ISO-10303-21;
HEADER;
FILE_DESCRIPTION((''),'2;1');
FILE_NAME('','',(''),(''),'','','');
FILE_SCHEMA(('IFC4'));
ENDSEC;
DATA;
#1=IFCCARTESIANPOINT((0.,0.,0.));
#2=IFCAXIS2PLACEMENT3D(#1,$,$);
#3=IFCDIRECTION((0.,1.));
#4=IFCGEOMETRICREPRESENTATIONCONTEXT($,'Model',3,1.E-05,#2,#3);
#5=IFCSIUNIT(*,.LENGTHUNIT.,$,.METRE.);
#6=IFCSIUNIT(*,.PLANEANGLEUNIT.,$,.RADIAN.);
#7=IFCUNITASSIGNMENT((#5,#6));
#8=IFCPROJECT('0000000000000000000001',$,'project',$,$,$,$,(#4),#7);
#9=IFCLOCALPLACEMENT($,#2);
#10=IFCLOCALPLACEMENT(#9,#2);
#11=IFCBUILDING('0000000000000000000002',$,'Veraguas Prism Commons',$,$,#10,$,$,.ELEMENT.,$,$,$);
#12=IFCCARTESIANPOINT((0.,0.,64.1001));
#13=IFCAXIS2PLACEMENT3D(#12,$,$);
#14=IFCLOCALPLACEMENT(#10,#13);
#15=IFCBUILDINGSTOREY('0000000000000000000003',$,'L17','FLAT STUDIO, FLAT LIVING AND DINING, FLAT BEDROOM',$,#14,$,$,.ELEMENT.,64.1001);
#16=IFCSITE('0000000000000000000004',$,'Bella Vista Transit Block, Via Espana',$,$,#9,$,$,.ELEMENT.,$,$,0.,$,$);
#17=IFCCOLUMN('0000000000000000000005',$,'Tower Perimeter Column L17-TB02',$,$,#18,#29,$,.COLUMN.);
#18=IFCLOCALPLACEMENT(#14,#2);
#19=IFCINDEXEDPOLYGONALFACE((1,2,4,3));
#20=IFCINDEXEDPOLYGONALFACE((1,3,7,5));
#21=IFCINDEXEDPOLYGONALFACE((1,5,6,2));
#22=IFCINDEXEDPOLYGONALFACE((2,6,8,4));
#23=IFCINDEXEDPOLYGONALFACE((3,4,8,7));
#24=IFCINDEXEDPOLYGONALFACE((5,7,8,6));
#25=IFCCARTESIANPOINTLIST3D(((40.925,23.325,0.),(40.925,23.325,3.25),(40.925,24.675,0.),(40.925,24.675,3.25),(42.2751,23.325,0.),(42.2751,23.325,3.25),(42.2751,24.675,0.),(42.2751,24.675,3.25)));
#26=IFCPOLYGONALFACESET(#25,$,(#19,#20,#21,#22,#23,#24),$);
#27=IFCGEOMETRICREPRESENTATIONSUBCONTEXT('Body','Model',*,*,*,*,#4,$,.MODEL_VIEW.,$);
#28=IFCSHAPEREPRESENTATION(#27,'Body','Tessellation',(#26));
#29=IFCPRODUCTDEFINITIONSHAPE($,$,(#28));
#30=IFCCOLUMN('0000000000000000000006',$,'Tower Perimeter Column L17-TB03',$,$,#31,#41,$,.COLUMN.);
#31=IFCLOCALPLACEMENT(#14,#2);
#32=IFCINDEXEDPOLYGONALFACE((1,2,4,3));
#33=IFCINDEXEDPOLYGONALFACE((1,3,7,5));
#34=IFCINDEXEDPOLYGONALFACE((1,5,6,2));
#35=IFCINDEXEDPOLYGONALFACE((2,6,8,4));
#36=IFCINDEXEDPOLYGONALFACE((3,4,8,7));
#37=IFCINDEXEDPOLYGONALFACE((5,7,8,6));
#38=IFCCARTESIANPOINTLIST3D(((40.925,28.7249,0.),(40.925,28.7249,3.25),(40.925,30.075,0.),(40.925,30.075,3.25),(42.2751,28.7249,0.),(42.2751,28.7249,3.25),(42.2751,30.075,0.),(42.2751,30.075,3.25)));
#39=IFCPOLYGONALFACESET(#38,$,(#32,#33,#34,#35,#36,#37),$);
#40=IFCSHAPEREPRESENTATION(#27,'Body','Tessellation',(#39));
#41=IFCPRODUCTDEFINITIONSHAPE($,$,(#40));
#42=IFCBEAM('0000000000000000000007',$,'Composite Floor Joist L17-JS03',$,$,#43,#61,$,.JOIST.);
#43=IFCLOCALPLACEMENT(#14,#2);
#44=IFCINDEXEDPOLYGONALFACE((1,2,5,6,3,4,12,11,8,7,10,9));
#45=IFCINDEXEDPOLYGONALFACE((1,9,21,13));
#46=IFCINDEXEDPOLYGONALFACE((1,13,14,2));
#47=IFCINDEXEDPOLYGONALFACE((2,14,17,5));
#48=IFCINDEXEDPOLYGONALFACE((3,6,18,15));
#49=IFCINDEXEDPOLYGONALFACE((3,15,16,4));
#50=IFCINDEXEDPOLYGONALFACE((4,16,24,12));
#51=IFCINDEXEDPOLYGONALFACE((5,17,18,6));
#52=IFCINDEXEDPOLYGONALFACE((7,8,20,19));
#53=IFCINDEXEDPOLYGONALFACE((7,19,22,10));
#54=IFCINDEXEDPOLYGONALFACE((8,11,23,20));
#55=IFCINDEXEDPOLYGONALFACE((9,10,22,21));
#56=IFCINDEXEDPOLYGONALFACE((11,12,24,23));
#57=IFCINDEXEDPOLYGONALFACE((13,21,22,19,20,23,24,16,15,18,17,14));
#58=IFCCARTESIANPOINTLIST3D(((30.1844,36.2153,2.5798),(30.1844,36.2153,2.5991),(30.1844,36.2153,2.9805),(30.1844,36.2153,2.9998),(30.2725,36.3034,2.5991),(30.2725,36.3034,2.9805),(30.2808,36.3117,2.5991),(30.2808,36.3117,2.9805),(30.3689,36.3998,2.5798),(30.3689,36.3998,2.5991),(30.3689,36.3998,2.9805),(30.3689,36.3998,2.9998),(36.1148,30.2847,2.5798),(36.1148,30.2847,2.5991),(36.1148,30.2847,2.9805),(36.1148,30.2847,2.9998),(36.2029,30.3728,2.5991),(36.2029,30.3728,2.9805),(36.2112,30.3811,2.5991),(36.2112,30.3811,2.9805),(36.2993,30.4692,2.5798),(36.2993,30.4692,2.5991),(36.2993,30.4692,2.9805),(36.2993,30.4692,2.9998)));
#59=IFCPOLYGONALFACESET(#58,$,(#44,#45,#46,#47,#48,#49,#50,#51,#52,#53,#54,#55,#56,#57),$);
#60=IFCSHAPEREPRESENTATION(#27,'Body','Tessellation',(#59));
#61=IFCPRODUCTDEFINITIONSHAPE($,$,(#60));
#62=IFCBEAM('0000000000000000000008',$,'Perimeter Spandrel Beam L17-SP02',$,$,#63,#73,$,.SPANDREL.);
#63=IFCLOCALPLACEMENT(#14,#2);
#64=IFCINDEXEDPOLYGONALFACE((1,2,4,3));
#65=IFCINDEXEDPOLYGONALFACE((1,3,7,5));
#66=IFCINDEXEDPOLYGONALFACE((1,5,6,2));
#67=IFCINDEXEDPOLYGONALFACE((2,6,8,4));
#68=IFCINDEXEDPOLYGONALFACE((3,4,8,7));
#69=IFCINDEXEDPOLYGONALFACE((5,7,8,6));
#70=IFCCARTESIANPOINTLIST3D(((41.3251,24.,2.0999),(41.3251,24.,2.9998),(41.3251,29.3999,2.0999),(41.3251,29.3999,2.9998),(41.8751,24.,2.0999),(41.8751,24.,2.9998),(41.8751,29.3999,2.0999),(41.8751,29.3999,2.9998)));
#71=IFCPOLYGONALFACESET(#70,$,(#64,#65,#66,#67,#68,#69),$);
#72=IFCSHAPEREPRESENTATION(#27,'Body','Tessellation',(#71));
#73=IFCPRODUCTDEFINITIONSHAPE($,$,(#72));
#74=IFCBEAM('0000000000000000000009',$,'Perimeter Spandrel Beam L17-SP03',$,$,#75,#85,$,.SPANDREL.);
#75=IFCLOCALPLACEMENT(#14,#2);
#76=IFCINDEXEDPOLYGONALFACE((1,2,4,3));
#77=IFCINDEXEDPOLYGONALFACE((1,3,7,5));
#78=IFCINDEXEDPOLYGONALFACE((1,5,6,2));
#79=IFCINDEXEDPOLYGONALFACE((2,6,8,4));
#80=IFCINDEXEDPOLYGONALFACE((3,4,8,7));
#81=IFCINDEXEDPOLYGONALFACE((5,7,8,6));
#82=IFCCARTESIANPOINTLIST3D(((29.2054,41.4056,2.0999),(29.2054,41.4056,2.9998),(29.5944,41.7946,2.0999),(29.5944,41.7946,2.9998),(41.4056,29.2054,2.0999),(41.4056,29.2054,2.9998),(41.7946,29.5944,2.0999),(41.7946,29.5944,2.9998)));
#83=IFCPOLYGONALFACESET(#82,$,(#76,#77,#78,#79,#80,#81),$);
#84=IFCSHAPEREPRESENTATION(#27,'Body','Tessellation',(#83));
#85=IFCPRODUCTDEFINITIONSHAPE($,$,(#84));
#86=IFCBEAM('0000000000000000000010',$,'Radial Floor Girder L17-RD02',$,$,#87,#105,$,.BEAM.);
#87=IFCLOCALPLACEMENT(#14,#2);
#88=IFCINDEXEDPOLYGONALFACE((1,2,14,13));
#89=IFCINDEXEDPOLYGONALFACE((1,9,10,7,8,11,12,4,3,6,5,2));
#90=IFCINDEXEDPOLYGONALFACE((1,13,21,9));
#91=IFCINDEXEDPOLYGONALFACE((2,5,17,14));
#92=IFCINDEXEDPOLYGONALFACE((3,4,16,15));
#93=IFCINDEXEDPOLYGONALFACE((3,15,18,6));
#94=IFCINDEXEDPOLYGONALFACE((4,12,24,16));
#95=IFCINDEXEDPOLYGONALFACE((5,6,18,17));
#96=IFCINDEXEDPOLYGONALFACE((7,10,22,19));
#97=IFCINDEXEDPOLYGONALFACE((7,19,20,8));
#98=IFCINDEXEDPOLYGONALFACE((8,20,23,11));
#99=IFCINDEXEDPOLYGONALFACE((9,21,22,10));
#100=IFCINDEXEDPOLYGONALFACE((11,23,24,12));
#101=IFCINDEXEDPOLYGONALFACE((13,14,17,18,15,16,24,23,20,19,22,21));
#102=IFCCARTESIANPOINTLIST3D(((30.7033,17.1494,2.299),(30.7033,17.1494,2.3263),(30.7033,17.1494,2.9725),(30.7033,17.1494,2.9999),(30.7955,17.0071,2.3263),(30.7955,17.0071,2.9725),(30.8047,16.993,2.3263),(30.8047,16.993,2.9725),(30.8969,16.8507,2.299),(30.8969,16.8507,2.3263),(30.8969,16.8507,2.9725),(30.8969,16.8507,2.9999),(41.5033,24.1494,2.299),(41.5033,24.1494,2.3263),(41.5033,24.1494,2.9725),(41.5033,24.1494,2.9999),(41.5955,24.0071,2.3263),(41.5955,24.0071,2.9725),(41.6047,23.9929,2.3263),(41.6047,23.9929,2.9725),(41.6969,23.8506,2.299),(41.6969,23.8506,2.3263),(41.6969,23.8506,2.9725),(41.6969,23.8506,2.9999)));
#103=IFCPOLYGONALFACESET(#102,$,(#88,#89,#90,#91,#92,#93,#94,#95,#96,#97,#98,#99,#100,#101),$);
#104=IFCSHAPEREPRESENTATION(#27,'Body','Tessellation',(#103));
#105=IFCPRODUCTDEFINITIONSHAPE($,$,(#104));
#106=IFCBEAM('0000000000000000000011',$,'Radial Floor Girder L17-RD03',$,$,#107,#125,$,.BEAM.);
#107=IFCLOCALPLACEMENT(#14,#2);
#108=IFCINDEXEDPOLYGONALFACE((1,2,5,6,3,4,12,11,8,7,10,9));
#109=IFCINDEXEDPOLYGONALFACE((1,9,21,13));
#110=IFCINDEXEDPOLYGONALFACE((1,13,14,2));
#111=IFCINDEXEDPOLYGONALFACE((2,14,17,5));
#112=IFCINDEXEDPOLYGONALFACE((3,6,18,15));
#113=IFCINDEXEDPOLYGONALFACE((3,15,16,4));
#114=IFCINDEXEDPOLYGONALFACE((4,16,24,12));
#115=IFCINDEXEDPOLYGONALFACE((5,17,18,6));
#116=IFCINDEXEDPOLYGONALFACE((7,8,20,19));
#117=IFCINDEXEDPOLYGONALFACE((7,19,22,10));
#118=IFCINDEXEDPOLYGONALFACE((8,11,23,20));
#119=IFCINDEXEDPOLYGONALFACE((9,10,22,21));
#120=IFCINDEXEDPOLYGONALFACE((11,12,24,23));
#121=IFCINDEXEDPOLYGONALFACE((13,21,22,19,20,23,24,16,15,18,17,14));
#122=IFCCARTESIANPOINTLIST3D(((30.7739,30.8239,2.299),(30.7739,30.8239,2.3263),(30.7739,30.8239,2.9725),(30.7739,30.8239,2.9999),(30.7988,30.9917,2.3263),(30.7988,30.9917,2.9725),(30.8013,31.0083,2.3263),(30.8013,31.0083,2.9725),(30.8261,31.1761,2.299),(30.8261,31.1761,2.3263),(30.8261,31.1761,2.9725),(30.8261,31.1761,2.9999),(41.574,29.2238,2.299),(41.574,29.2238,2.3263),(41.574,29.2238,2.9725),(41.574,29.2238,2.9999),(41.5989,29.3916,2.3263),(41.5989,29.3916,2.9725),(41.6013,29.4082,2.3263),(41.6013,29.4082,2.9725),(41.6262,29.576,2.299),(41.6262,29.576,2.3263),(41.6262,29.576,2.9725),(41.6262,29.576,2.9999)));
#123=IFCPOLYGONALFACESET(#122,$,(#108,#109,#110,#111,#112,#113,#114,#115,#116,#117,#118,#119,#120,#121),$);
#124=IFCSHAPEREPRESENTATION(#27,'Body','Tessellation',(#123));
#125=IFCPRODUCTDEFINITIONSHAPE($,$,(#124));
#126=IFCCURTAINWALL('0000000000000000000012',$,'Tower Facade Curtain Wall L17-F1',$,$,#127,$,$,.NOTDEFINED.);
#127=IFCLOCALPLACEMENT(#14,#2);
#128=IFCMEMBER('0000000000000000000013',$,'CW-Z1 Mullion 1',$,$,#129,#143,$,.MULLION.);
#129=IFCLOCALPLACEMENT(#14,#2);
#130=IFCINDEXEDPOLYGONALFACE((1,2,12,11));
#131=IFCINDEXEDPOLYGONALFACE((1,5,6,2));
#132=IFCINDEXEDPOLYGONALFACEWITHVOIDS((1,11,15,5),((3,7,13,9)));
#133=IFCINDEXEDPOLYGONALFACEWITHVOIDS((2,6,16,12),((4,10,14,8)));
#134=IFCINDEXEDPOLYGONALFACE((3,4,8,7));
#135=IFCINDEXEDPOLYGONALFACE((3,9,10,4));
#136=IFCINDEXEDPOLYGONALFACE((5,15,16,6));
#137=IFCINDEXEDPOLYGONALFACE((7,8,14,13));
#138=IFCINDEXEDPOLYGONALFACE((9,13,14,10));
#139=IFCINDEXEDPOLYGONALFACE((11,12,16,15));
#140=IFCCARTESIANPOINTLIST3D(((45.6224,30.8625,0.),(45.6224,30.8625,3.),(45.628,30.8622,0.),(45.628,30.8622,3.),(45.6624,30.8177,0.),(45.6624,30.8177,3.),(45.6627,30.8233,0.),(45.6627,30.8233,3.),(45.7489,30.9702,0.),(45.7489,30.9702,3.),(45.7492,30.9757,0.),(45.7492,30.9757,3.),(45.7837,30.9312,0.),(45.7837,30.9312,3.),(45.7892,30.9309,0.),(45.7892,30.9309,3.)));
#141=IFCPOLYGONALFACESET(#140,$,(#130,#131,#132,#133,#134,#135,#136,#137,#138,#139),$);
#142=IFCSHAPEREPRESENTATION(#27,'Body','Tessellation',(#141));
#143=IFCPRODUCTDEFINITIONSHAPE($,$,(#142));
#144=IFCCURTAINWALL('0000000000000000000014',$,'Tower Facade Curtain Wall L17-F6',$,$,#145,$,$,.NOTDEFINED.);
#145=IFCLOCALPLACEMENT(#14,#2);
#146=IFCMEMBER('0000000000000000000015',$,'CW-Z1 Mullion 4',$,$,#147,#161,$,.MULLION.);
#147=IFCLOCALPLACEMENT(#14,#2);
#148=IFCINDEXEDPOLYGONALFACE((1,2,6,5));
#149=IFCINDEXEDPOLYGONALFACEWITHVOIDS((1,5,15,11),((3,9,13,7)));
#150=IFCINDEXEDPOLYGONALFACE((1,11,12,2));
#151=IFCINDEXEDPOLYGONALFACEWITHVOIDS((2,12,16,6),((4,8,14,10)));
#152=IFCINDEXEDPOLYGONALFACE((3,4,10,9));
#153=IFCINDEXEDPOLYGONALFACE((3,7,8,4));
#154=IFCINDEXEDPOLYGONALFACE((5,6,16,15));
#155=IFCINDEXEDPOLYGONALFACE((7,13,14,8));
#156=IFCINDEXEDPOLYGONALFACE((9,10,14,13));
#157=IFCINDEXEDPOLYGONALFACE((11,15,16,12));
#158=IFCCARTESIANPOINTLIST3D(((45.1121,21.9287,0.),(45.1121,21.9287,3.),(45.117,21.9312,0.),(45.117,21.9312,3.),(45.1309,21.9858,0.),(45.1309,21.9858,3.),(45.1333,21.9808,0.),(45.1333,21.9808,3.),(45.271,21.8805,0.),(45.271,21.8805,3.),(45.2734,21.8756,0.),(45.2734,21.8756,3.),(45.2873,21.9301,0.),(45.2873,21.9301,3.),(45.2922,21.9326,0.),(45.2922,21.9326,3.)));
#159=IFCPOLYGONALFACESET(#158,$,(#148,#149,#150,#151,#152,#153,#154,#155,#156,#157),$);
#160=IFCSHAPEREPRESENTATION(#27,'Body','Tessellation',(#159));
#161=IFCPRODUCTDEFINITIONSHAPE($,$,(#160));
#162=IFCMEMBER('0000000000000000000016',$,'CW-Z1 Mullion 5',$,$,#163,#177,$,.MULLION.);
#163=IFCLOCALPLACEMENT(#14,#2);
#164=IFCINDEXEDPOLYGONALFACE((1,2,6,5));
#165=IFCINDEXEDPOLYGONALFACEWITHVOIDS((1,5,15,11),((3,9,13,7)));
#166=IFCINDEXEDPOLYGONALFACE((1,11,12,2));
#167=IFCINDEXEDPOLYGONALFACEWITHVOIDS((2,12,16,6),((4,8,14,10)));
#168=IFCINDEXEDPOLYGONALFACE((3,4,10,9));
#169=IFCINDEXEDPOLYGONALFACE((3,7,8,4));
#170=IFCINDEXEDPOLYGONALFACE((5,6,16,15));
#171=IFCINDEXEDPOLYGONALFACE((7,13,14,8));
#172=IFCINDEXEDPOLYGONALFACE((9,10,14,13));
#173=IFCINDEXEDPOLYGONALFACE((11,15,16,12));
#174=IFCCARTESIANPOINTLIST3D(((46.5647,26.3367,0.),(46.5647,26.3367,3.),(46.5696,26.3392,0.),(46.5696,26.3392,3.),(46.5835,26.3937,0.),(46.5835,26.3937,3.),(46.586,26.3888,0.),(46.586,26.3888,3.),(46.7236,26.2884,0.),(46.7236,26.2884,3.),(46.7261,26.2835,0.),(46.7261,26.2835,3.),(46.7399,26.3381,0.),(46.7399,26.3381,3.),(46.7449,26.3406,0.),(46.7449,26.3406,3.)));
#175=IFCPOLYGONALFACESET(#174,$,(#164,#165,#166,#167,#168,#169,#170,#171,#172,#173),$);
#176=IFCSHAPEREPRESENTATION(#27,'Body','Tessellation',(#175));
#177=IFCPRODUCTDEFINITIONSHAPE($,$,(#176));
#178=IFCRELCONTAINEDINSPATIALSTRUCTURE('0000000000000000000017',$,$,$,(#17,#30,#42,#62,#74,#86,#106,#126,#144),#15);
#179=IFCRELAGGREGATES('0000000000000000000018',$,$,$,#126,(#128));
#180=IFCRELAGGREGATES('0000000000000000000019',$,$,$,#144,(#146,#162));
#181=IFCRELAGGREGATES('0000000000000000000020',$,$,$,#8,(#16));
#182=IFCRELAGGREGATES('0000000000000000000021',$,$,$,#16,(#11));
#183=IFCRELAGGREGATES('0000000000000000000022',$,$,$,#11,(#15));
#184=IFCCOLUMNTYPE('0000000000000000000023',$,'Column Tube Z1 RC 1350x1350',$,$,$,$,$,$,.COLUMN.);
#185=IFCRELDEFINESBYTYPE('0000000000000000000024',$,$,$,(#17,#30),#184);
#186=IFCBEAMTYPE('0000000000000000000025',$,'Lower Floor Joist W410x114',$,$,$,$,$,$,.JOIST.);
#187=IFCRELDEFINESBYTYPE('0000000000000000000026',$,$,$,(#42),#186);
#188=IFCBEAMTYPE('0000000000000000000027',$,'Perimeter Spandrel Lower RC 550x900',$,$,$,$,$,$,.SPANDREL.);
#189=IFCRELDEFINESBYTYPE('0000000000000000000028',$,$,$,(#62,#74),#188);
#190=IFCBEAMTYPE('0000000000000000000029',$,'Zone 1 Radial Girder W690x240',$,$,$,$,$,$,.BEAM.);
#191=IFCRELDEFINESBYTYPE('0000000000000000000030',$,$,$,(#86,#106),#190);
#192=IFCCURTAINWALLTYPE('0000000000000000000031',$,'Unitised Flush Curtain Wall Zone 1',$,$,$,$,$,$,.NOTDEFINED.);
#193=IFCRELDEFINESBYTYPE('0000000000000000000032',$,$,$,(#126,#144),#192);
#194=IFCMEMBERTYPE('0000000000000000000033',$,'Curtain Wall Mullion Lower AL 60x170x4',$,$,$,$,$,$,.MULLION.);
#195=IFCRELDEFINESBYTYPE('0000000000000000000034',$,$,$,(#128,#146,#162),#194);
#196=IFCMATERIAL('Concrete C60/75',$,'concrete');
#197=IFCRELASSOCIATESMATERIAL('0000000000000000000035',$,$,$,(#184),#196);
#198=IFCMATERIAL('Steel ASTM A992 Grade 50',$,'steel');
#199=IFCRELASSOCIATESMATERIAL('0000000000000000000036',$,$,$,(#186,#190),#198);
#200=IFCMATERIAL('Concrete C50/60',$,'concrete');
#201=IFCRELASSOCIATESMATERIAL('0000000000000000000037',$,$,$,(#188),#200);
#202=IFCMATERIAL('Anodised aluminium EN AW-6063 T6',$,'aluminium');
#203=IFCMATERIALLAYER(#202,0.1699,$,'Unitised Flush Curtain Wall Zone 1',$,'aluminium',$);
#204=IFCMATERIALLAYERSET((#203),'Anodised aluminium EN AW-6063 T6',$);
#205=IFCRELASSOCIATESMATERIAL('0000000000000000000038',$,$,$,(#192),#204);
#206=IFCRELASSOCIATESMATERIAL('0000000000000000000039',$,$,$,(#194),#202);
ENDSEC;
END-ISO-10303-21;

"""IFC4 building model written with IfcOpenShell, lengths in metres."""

from ifc_helpers import new_model, si_unit, direction, frame, origin, origin_2d, place, context, subcontext, project, spatial, rectangle, hollow_rectangle, i_section, extrude, source, transform, mapped, material, layer, layer_set, material_profile, profile_set, type_object, element, aggregate, save


model = new_model("IFC4")

# Units and contexts
model_context = context("Model", 3, precision=1e-05, world=origin(), true_north=direction((0.0, 1.0)))
body_context = subcontext(model_context, "Body", "Model", "MODEL_VIEW")
ifc_project = project(units=[si_unit("LENGTHUNIT", "METRE"), si_unit("PLANEANGLEUNIT", "RADIAN")], contexts=[model_context])

# Site, building, storey
site_placement = place(None, origin())
site = spatial("IfcSite", under=ifc_project, at=site_placement, Name="Bella Vista Transit Block, Via Espana", CompositionType="ELEMENT", RefElevation=0.0)
building_placement = place(site_placement, origin())
building = spatial("IfcBuilding", under=site, at=building_placement, Name="Veraguas Prism Commons", CompositionType="ELEMENT")
storey_placement = place(building_placement, frame((0.0, 0.0, 64.1001)))
storey = spatial("IfcBuildingStorey", under=building, at=storey_placement, Name="L17", Description="FLAT STUDIO, FLAT LIVING AND DINING, FLAT BEDROOM", CompositionType="ELEMENT", Elevation=64.1001)

# Columns
ifc_material_1 = material(Name="Concrete C60/75", Category="concrete")
ifc_material_profile_1 = material_profile(ifc_material_1, rectangle(XDim=1.3501, YDim=1.3501, at=origin_2d()), Name="RC1350X1350")
ifc_profile_set_1 = profile_set([ifc_material_profile_1], Name="Concrete C60/75")
column_type = type_object("IfcColumnType", Name="Column Tube Z1 RC 1350x1350", PredefinedType="COLUMN", material=ifc_profile_set_1)
for number, where, z_axis, x_axis, name in (
    (1, (41.6001, 24.0, 0.0), (0.0, 0.0, 1.0), (1.0, 0.0, 0.0), "Tower Perimeter Column L17-TB02"),
    (2, (41.6001, 29.3999, 0.0), (0.0, 0.0, 1.0), (1.0, 0.0, 0.0), "Tower Perimeter Column L17-TB03"),
):
    element("IfcColumn", number, at=place(storey_placement, frame(where, z_axis=z_axis, x_axis=x_axis)), inside=storey, type_object=column_type, Name=name, PredefinedType="COLUMN", context=body_context, shape_type="SweptSolid", body=[
        extrude(rectangle(XDim=1.3501, YDim=1.3501, at=origin_2d()), origin(), (0.0, 0.0, 1.0), 3.25),
    ])

# Beams
ifc_material_2 = material(Name="Steel ASTM A992 Grade 50", Category="steel")
ifc_material_profile_2 = material_profile(ifc_material_2, i_section(OverallWidth=0.261, OverallDepth=0.4199, WebThickness=0.0117, FlangeThickness=0.0193, at=origin_2d()), Name="W410X114")
ifc_profile_set_2 = profile_set([ifc_material_profile_2], Name="Steel ASTM A992 Grade 50")
beam_type_1 = type_object("IfcBeamType", Name="Lower Floor Joist W410x114", PredefinedType="JOIST", material=ifc_profile_set_2)
beam_1_placement = place(storey_placement, frame((36.207, 30.377, 2.7898), z_axis=(-0.707092, 0.707121, 0.0), x_axis=(-0.707121, -0.707092, 0.0)))
element("IfcBeam", 3, at=beam_1_placement, inside=storey, type_object=beam_type_1, Name="Composite Floor Joist L17-JS03", PredefinedType="JOIST", context=body_context, shape_type="SweptSolid", body=[
    extrude(i_section(OverallWidth=0.261, OverallDepth=0.4199, WebThickness=0.0117, FlangeThickness=0.0193, at=origin_2d()), origin(), (0.0, 0.0, 1.0), 8.387),
])
ifc_material_3 = material(Name="Concrete C50/60", Category="concrete")
ifc_material_profile_3 = material_profile(ifc_material_3, rectangle(XDim=0.55, YDim=0.8999, at=origin_2d()), Name="RC550X900")
ifc_profile_set_3 = profile_set([ifc_material_profile_3], Name="Concrete C50/60")
beam_type_2 = type_object("IfcBeamType", Name="Perimeter Spandrel Lower RC 550x900", PredefinedType="SPANDREL", material=ifc_profile_set_3)
beam_2_placement = place(storey_placement, frame((41.6001, 24.0, 2.5498), z_axis=(0.0, 1.0, 0.0), x_axis=(-1.0, 0.0, 0.0)))
element("IfcBeam", 4, at=beam_2_placement, inside=storey, type_object=beam_type_2, Name="Perimeter Spandrel Beam L17-SP02", PredefinedType="SPANDREL", context=body_context, shape_type="SweptSolid", body=[
    extrude(rectangle(XDim=0.55, YDim=0.8999, at=origin_2d()), origin(), (0.0, 0.0, 1.0), 5.3999),
])
beam_3_placement = place(storey_placement, frame((41.6001, 29.3999, 2.5498), z_axis=(-0.707107, 0.707107, 0.0), x_axis=(-0.707107, -0.707107, 0.0)))
element("IfcBeam", 5, at=beam_3_placement, inside=storey, type_object=beam_type_2, Name="Perimeter Spandrel Beam L17-SP03", PredefinedType="SPANDREL", context=body_context, shape_type="SweptSolid", body=[
    extrude(rectangle(XDim=0.55, YDim=0.8999, at=origin_2d()), origin(), (0.0, 0.0, 1.0), 17.2537),
])
ifc_material_profile_4 = material_profile(ifc_material_2, i_section(OverallWidth=0.356, OverallDepth=0.7009, WebThickness=0.0168, FlangeThickness=0.0273, at=origin_2d()), Name="W690X240")
ifc_profile_set_4 = profile_set([ifc_material_profile_4], Name="Steel ASTM A992 Grade 50")
beam_type_3 = type_object("IfcBeamType", Name="Zone 1 Radial Girder W690x240", PredefinedType="BEAM", material=ifc_profile_set_4)
beam_4_placement = place(storey_placement, frame((41.6001, 24.0, 2.6494), z_axis=(-0.839154, -0.543894, 0.0), x_axis=(0.543894, -0.839154, 0.0)))
element("IfcBeam", 6, at=beam_4_placement, inside=storey, type_object=beam_type_3, Name="Radial Floor Girder L17-RD02", PredefinedType="BEAM", context=body_context, shape_type="SweptSolid", body=[
    extrude(i_section(OverallWidth=0.356, OverallDepth=0.7009, WebThickness=0.0168, FlangeThickness=0.0273, at=origin_2d()), origin(), (0.0, 0.0, 1.0), 12.8701),
])
beam_5_placement = place(storey_placement, frame((41.6001, 29.3999, 2.6494), z_axis=(-0.989202, 0.146557, 0.0), x_axis=(-0.146557, -0.989202, 0.0)))
element("IfcBeam", 7, at=beam_5_placement, inside=storey, type_object=beam_type_3, Name="Radial Floor Girder L17-RD03", PredefinedType="BEAM", context=body_context, shape_type="SweptSolid", body=[
    extrude(i_section(OverallWidth=0.356, OverallDepth=0.7009, WebThickness=0.0168, FlangeThickness=0.0273, at=origin_2d()), origin(), (0.0, 0.0, 1.0), 10.918),
])

# Curtain wall, member
ifc_material_4 = material(Name="Anodised aluminium EN AW-6063 T6", Category="aluminium")
ifc_layer_1 = layer(ifc_material_4, 0.1699, Name="Unitised Flush Curtain Wall Zone 1", Category="aluminium")
ifc_layer_set_1 = layer_set([ifc_layer_1], Name="Anodised aluminium EN AW-6063 T6")
curtain_wall_type = type_object("IfcCurtainWallType", Name="Unitised Flush Curtain Wall Zone 1", PredefinedType="NOTDEFINED", material=ifc_layer_set_1)
curtain_wall_1_placement = place(storey_placement, origin())
curtain_wall_1 = element("IfcCurtainWall", 8, at=curtain_wall_1_placement, inside=storey, type_object=curtain_wall_type, Name="Tower Facade Curtain Wall L17-F1", PredefinedType="NOTDEFINED")
ifc_material_profile_5 = material_profile(ifc_material_4, hollow_rectangle(XDim=0.0601, YDim=0.1699, WallThickness=0.0039, at=origin_2d()), Name="AL60X170X4")
ifc_profile_set_5 = profile_set([ifc_material_profile_5], Name="Anodised aluminium EN AW-6063 T6")
member_type = type_object("IfcMemberType", Name="Curtain Wall Mullion Lower AL 60x170x4", PredefinedType="MULLION", material=ifc_profile_set_5)
shared_shape_1 = source(origin(), body_context, "Body", "SweptSolid", [
    extrude(hollow_rectangle(XDim=0.0601, YDim=0.1699, WallThickness=0.0039, at=origin_2d()), origin(), (0.0, 0.0, 1.0), 3.0),
])
member_1_placement = place(storey_placement, frame((45.7058, 30.8967, 0.0), z_axis=(0.0, 0.0, 1.0), x_axis=(-0.666012, 0.745941, 0.0)))
member_1 = element("IfcMember", 9, at=member_1_placement, type_object=member_type, Name="CW-Z1 Mullion 1", PredefinedType="MULLION", context=body_context, shape_type="MappedRepresentation", body=[
    mapped(shared_shape_1, transform((0.0, 0.0, 0.0), scale=1.0)),
])
aggregate(curtain_wall_1, [member_1])

# Curtain wall, members
curtain_wall_2_placement = place(storey_placement, origin())
curtain_wall_2 = element("IfcCurtainWall", 10, at=curtain_wall_2_placement, inside=storey, type_object=curtain_wall_type, Name="Tower Facade Curtain Wall L17-F6", PredefinedType="NOTDEFINED")
member_2_placement = place(storey_placement, frame((45.2021, 21.9307, 0.0), z_axis=(0.0, 0.0, 1.0), x_axis=(0.312991, 0.949756, 0.0)))
member_2 = element("IfcMember", 11, at=member_2_placement, type_object=member_type, Name="CW-Z1 Mullion 4", PredefinedType="MULLION", context=body_context, shape_type="MappedRepresentation", body=[
    mapped(shared_shape_1, transform((0.0, 0.0, 0.0), scale=1.0)),
])
member_3_placement = place(storey_placement, frame((46.6548, 26.3386, 0.0), z_axis=(0.0, 0.0, 1.0), x_axis=(0.312991, 0.949756, 0.0)))
member_3 = element("IfcMember", 12, at=member_3_placement, type_object=member_type, Name="CW-Z1 Mullion 5", PredefinedType="MULLION", context=body_context, shape_type="MappedRepresentation", body=[
    mapped(shared_shape_1, transform((0.0, 0.0, 0.0), scale=1.0)),
])
aggregate(curtain_wall_2, [member_2, member_3])

save(model, "model.ifc")
